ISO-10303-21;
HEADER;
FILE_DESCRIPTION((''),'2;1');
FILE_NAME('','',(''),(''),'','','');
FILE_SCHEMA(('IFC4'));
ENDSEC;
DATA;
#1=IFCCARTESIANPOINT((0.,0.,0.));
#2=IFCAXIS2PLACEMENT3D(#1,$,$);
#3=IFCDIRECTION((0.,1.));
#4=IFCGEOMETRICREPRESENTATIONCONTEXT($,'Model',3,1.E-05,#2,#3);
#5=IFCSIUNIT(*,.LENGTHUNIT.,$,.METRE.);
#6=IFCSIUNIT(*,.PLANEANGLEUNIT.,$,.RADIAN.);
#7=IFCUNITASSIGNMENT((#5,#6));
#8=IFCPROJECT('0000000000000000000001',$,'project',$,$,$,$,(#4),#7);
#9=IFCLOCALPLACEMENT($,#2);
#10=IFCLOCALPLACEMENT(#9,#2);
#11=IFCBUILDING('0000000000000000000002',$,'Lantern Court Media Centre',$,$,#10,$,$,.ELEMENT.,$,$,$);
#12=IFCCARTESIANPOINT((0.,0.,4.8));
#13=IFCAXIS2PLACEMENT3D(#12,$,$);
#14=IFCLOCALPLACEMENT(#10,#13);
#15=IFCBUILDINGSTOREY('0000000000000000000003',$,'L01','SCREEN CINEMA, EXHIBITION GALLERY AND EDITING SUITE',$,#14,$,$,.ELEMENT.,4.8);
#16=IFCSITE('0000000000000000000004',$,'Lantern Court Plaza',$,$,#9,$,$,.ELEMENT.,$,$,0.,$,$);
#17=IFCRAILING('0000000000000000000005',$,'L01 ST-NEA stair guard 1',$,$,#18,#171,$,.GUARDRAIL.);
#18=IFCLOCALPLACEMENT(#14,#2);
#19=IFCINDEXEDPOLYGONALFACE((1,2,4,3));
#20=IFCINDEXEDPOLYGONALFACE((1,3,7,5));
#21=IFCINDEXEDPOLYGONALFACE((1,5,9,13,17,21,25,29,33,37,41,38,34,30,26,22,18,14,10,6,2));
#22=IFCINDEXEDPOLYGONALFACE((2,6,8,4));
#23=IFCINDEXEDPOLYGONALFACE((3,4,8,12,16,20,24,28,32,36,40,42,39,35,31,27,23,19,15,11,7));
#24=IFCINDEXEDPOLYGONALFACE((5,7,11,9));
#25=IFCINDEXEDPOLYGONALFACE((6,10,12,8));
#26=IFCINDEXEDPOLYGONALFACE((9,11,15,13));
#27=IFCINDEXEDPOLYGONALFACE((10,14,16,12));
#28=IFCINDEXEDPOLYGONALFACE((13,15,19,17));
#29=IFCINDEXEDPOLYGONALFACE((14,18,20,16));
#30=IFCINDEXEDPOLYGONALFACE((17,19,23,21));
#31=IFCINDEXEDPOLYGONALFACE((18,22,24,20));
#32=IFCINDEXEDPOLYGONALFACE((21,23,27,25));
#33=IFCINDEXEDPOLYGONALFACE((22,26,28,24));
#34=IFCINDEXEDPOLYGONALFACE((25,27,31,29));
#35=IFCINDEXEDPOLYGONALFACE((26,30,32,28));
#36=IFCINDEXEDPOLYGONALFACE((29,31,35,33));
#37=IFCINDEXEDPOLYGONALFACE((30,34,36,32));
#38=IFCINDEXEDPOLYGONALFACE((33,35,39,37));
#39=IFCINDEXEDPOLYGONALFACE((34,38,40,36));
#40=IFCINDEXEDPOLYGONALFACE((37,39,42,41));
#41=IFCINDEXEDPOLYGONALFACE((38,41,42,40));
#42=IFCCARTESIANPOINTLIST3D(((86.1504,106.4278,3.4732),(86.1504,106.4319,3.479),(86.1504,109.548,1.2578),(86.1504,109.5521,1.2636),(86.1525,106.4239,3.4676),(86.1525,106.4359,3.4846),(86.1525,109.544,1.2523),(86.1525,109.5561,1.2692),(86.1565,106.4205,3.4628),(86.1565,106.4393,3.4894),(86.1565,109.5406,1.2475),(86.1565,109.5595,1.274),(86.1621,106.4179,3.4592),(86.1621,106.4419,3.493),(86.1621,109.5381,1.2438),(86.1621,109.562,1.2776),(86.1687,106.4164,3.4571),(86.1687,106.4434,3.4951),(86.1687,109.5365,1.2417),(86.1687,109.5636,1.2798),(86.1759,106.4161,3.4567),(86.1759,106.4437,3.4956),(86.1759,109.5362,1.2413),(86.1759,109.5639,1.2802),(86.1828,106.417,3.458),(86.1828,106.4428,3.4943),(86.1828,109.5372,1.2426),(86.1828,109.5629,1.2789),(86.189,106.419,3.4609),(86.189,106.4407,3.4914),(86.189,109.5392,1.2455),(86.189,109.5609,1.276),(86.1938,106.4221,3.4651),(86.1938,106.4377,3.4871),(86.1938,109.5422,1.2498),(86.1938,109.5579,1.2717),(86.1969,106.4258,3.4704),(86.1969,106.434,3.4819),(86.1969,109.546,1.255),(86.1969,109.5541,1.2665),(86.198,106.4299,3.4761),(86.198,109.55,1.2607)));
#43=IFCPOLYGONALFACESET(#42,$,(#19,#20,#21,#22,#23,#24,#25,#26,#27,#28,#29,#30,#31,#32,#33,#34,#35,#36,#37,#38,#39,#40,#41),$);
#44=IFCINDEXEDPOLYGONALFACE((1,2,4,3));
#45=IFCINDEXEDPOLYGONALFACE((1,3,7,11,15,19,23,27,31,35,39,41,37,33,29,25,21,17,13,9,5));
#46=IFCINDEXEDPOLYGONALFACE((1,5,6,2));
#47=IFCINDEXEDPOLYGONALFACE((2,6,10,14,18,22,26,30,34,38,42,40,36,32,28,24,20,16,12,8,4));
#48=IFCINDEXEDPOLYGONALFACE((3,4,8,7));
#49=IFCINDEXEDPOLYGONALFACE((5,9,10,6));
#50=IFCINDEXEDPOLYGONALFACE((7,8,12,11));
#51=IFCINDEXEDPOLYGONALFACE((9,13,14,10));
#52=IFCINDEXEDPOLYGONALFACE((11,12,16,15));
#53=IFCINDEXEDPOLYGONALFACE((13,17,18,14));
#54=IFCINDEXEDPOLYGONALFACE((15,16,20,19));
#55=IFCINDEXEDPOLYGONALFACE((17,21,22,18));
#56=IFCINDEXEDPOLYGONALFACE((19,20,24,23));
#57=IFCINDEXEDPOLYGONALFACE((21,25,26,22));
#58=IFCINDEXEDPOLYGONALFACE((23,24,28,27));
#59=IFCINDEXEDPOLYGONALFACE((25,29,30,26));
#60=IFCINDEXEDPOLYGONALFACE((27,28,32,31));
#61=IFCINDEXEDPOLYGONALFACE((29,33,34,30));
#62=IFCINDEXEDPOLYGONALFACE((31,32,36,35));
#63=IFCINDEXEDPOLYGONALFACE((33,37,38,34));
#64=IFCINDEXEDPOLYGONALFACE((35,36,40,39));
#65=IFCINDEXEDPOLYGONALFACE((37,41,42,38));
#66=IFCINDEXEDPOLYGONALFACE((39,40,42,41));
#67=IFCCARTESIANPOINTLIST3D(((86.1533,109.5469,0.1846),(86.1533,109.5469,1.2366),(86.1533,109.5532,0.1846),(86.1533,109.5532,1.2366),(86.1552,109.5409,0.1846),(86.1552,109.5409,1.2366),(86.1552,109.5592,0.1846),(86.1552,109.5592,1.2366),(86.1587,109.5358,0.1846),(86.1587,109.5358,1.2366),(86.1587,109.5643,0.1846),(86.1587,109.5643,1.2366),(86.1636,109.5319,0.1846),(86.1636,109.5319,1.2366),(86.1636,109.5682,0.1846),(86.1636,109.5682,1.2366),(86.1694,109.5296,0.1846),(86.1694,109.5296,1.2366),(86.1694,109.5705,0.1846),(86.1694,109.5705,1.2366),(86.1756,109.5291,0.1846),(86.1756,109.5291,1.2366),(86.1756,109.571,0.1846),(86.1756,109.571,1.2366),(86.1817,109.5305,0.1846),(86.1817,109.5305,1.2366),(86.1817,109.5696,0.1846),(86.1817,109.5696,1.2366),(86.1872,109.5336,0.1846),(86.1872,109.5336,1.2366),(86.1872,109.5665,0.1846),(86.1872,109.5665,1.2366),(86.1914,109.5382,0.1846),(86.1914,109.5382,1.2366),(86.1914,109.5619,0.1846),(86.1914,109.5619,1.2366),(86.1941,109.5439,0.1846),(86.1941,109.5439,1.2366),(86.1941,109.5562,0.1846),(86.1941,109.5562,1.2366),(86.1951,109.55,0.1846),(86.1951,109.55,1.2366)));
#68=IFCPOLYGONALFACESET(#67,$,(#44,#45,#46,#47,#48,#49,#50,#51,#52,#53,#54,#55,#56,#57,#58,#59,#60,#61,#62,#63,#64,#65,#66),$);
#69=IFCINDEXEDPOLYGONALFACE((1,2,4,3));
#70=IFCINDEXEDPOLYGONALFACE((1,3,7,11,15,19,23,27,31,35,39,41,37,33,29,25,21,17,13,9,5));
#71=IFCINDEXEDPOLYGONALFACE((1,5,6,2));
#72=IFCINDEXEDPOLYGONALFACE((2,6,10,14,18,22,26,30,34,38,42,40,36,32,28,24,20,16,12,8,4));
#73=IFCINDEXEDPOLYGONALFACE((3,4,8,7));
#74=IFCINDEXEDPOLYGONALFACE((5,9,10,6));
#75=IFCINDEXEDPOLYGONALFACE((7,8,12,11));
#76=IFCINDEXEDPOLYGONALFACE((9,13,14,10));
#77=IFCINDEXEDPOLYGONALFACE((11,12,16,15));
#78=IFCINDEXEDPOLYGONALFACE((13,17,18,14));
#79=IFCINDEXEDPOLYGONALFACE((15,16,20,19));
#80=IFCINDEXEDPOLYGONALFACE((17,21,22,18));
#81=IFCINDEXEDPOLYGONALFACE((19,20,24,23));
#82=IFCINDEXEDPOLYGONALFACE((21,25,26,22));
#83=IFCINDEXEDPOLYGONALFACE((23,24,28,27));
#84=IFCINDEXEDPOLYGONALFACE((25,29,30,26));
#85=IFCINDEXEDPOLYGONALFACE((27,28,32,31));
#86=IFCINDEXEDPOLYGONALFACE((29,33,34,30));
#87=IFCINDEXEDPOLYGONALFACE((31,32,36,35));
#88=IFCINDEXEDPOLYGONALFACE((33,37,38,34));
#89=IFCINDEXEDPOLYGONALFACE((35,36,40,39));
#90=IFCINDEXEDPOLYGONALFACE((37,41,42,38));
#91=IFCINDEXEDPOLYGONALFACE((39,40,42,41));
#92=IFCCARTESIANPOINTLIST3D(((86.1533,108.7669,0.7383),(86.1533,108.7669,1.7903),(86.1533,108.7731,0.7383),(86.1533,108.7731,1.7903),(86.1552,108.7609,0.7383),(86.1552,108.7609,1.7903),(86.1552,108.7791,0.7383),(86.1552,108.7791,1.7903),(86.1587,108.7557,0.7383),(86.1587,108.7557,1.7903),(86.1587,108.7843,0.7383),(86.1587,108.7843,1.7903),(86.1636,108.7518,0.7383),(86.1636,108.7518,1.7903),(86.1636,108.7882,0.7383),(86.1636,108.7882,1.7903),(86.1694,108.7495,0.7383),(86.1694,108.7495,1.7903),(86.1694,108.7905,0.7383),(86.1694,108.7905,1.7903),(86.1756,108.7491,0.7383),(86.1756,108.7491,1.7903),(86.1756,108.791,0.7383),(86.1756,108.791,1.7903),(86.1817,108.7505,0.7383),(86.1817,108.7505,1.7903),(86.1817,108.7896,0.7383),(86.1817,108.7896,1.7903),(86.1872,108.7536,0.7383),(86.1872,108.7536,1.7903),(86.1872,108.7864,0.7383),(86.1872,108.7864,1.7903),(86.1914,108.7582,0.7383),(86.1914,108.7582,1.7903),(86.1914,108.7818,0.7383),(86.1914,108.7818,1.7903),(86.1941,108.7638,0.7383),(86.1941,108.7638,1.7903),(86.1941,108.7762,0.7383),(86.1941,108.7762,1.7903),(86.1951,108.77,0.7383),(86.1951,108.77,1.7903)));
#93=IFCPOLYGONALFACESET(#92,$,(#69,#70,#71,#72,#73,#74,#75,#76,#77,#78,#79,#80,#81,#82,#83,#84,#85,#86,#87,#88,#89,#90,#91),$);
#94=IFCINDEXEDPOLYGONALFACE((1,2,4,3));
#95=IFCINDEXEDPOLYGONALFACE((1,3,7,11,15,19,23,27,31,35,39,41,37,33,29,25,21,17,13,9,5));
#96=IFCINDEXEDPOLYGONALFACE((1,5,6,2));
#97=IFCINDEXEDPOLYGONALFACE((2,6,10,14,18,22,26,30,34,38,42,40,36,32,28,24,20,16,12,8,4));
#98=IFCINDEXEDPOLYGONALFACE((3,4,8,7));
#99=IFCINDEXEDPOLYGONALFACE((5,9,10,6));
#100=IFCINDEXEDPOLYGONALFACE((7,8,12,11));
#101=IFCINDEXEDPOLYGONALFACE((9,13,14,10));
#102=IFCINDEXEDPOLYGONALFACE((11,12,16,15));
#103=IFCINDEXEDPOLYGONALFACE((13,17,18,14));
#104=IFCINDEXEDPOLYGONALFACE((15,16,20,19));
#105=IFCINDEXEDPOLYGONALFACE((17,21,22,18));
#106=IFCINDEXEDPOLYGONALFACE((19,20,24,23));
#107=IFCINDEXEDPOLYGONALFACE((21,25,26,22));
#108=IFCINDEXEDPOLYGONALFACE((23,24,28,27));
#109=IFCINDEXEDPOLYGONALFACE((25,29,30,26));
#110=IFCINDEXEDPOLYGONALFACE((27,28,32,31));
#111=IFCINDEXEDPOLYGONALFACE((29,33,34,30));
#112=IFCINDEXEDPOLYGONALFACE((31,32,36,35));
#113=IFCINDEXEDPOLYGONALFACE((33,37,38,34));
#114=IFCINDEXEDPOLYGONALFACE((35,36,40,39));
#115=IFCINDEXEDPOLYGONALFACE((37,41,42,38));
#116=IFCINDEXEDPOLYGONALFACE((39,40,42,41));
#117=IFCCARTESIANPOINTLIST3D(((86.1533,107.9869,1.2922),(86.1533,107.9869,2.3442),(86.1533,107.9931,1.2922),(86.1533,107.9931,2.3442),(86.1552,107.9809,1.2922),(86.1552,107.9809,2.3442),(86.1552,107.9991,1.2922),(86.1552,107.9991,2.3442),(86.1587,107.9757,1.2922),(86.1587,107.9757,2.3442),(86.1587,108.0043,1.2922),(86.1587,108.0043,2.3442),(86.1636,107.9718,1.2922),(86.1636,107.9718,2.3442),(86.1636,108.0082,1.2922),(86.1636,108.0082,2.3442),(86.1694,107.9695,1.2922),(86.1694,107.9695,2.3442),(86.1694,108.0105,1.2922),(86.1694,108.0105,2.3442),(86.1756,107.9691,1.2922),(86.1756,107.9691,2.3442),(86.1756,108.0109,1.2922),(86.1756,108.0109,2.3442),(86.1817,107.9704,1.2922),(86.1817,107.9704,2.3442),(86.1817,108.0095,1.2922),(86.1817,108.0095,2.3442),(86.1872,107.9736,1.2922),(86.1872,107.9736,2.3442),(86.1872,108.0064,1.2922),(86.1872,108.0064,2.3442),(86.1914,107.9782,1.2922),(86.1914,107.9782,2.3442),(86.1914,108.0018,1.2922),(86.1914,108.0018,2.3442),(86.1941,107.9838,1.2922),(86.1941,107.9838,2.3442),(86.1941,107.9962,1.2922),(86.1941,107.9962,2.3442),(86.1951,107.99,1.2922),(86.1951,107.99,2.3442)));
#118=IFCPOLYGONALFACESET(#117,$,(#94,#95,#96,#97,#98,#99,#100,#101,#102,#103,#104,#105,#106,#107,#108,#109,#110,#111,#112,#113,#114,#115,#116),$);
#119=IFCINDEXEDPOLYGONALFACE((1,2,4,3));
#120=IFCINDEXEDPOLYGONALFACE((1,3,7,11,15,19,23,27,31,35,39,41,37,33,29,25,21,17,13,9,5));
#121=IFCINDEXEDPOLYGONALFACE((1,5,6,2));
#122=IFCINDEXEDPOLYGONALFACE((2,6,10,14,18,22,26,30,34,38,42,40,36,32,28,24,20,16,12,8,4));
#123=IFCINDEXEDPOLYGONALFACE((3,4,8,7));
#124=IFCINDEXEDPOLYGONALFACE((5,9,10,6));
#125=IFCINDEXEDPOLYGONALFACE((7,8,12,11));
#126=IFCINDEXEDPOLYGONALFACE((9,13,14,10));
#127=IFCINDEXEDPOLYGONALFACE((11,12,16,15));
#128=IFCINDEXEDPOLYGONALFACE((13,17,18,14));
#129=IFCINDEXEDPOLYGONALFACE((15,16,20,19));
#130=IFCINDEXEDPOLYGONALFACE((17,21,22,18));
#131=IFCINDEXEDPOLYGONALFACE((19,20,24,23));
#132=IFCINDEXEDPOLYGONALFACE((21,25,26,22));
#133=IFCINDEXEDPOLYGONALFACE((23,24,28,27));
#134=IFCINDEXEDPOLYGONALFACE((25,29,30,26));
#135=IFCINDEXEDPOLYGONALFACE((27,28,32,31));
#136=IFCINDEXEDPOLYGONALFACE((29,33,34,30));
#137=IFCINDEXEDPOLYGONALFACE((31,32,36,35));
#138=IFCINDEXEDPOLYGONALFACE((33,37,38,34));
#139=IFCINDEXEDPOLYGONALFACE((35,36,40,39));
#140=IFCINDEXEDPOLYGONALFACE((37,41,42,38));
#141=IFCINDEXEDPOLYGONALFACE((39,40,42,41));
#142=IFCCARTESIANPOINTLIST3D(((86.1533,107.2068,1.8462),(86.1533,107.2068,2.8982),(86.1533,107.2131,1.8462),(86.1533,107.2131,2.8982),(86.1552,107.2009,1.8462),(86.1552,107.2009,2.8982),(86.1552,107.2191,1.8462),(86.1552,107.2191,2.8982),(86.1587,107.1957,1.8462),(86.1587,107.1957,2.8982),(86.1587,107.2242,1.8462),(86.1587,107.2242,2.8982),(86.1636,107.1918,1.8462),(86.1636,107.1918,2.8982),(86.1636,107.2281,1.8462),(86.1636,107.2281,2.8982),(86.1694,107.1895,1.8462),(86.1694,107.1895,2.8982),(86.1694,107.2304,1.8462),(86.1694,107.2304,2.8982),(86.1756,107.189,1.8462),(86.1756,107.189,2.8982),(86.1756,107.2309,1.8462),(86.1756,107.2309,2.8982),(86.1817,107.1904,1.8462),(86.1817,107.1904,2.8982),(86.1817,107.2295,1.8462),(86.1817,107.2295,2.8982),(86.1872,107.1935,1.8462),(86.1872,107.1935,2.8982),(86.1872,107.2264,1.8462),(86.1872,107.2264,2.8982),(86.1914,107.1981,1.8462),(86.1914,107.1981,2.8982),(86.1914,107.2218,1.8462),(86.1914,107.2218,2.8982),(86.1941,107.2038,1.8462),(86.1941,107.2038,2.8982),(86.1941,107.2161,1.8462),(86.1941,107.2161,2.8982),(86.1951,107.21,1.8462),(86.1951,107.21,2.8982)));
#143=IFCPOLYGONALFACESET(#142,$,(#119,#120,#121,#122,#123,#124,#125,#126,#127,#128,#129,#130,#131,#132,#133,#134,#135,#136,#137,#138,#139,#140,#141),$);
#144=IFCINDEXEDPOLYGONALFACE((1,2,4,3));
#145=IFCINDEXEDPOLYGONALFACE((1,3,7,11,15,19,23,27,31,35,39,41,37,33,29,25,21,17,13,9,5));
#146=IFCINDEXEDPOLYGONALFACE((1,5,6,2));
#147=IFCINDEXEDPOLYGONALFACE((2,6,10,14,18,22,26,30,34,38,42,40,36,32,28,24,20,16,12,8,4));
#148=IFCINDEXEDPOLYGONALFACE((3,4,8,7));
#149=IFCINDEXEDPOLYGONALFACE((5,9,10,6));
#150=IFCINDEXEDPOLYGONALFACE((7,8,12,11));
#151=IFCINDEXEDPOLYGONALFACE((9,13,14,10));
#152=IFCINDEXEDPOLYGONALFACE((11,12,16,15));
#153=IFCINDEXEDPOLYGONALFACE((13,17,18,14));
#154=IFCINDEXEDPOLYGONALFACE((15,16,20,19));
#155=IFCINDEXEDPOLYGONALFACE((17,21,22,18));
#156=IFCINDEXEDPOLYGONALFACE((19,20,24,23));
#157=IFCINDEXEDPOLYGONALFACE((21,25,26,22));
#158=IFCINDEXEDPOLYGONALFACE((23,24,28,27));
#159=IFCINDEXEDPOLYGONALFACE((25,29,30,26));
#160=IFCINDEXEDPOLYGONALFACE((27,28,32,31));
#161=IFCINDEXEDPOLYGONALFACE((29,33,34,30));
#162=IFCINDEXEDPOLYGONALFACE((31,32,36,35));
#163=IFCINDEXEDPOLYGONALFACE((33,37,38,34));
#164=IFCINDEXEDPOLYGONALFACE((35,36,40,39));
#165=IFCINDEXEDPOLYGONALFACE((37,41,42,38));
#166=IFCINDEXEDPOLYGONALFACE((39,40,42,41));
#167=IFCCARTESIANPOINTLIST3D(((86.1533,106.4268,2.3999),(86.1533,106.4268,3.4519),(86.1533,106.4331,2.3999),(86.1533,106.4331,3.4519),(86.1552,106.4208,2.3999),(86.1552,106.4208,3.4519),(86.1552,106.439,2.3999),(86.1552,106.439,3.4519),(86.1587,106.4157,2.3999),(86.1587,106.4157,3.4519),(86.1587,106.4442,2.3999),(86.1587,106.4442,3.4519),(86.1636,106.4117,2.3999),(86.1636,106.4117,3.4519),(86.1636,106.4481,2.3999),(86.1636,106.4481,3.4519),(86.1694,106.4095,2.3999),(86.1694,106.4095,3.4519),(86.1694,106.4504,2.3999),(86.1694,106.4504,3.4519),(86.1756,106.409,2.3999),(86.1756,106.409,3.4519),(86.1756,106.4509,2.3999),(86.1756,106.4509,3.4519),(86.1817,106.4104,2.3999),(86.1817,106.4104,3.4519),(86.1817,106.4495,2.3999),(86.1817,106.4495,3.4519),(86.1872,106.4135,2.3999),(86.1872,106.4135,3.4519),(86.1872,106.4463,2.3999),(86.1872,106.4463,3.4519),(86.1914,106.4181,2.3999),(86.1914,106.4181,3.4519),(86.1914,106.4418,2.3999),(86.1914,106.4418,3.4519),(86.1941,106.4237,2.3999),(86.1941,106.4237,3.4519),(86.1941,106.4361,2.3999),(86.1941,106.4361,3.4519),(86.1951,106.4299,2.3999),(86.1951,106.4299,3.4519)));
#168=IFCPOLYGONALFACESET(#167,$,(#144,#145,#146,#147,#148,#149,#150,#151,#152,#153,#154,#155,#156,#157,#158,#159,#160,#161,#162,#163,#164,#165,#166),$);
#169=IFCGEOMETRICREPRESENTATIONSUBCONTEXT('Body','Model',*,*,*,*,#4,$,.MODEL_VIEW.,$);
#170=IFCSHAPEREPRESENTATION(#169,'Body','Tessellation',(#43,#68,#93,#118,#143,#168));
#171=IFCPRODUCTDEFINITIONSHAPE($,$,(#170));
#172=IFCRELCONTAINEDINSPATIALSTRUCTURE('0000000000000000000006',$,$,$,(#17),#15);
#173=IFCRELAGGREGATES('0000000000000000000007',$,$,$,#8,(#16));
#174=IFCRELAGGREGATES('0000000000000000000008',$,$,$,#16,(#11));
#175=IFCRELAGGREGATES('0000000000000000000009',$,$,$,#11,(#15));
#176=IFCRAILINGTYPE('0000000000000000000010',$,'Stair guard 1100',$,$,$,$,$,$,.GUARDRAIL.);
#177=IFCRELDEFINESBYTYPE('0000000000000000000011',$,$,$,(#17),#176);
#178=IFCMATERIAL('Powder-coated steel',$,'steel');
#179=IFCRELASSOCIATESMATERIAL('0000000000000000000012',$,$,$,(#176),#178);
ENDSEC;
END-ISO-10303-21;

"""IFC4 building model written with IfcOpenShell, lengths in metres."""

from ifc_helpers import new_model, si_unit, direction, frame, origin, origin_2d, place, context, subcontext, project, spatial, circle, extrude, material, type_object, element, save


model = new_model("IFC4")

# Units and contexts
model_context = context("Model", 3, precision=1e-05, world=origin(), true_north=direction((0.0, 1.0)))
body_context = subcontext(model_context, "Body", "Model", "MODEL_VIEW")
ifc_project = project(units=[si_unit("LENGTHUNIT", "METRE"), si_unit("PLANEANGLEUNIT", "RADIAN")], contexts=[model_context])

# Site, building, storey
site_placement = place(None, origin())
site = spatial("IfcSite", under=ifc_project, at=site_placement, Name="Lantern Court Plaza", CompositionType="ELEMENT", RefElevation=0.0)
building_placement = place(site_placement, origin())
building = spatial("IfcBuilding", under=site, at=building_placement, Name="Lantern Court Media Centre", CompositionType="ELEMENT")
storey_placement = place(building_placement, frame((0.0, 0.0, 4.8)))
storey = spatial("IfcBuildingStorey", under=building, at=storey_placement, Name="L01", Description="SCREEN CINEMA, EXHIBITION GALLERY AND EDITING SUITE", CompositionType="ELEMENT", Elevation=4.8)

# Shared definitions
ifc_material_1 = material(Name="Powder-coated steel", Category="steel")

# Railing
railing_type_1 = type_object("IfcRailingType", Name="Stair guard 1100", PredefinedType="GUARDRAIL", material=ifc_material_1)
railing_1_placement = place(storey_placement, frame((86.1741, 109.55, 0.1846)))
element("IfcRailing", 1, at=railing_1_placement, inside=storey, type_object=railing_type_1, Name="L01 ST-NEA stair guard 1", PredefinedType="GUARDRAIL", context=body_context, shape_type="SweptSolid", body=[
    extrude(circle(Radius=0.0239, at=origin_2d()), frame((0.0, 0.0, 1.0762), z_axis=(0.0, -0.815377, 0.57893), x_axis=(1.0, 0.0, 0.0)), (0.0, 0.0, 1.0), 3.8267),
    extrude(circle(Radius=0.021, at=origin_2d()), origin(), (0.0, 0.0, 1.0), 1.052),
    extrude(circle(Radius=0.021, at=origin_2d()), frame((0.0, -0.78, 0.5537)), (0.0, 0.0, 1.0), 1.052),
    extrude(circle(Radius=0.021, at=origin_2d()), frame((0.0, -1.5601, 1.1077)), (0.0, 0.0, 1.0), 1.052),
    extrude(circle(Radius=0.021, at=origin_2d()), frame((0.0, -2.3401, 1.6616)), (0.0, 0.0, 1.0), 1.052),
    extrude(circle(Radius=0.021, at=origin_2d()), frame((0.0, -3.1201, 2.2153)), (0.0, 0.0, 1.0), 1.052),
])

save(model, "model.ifc")
